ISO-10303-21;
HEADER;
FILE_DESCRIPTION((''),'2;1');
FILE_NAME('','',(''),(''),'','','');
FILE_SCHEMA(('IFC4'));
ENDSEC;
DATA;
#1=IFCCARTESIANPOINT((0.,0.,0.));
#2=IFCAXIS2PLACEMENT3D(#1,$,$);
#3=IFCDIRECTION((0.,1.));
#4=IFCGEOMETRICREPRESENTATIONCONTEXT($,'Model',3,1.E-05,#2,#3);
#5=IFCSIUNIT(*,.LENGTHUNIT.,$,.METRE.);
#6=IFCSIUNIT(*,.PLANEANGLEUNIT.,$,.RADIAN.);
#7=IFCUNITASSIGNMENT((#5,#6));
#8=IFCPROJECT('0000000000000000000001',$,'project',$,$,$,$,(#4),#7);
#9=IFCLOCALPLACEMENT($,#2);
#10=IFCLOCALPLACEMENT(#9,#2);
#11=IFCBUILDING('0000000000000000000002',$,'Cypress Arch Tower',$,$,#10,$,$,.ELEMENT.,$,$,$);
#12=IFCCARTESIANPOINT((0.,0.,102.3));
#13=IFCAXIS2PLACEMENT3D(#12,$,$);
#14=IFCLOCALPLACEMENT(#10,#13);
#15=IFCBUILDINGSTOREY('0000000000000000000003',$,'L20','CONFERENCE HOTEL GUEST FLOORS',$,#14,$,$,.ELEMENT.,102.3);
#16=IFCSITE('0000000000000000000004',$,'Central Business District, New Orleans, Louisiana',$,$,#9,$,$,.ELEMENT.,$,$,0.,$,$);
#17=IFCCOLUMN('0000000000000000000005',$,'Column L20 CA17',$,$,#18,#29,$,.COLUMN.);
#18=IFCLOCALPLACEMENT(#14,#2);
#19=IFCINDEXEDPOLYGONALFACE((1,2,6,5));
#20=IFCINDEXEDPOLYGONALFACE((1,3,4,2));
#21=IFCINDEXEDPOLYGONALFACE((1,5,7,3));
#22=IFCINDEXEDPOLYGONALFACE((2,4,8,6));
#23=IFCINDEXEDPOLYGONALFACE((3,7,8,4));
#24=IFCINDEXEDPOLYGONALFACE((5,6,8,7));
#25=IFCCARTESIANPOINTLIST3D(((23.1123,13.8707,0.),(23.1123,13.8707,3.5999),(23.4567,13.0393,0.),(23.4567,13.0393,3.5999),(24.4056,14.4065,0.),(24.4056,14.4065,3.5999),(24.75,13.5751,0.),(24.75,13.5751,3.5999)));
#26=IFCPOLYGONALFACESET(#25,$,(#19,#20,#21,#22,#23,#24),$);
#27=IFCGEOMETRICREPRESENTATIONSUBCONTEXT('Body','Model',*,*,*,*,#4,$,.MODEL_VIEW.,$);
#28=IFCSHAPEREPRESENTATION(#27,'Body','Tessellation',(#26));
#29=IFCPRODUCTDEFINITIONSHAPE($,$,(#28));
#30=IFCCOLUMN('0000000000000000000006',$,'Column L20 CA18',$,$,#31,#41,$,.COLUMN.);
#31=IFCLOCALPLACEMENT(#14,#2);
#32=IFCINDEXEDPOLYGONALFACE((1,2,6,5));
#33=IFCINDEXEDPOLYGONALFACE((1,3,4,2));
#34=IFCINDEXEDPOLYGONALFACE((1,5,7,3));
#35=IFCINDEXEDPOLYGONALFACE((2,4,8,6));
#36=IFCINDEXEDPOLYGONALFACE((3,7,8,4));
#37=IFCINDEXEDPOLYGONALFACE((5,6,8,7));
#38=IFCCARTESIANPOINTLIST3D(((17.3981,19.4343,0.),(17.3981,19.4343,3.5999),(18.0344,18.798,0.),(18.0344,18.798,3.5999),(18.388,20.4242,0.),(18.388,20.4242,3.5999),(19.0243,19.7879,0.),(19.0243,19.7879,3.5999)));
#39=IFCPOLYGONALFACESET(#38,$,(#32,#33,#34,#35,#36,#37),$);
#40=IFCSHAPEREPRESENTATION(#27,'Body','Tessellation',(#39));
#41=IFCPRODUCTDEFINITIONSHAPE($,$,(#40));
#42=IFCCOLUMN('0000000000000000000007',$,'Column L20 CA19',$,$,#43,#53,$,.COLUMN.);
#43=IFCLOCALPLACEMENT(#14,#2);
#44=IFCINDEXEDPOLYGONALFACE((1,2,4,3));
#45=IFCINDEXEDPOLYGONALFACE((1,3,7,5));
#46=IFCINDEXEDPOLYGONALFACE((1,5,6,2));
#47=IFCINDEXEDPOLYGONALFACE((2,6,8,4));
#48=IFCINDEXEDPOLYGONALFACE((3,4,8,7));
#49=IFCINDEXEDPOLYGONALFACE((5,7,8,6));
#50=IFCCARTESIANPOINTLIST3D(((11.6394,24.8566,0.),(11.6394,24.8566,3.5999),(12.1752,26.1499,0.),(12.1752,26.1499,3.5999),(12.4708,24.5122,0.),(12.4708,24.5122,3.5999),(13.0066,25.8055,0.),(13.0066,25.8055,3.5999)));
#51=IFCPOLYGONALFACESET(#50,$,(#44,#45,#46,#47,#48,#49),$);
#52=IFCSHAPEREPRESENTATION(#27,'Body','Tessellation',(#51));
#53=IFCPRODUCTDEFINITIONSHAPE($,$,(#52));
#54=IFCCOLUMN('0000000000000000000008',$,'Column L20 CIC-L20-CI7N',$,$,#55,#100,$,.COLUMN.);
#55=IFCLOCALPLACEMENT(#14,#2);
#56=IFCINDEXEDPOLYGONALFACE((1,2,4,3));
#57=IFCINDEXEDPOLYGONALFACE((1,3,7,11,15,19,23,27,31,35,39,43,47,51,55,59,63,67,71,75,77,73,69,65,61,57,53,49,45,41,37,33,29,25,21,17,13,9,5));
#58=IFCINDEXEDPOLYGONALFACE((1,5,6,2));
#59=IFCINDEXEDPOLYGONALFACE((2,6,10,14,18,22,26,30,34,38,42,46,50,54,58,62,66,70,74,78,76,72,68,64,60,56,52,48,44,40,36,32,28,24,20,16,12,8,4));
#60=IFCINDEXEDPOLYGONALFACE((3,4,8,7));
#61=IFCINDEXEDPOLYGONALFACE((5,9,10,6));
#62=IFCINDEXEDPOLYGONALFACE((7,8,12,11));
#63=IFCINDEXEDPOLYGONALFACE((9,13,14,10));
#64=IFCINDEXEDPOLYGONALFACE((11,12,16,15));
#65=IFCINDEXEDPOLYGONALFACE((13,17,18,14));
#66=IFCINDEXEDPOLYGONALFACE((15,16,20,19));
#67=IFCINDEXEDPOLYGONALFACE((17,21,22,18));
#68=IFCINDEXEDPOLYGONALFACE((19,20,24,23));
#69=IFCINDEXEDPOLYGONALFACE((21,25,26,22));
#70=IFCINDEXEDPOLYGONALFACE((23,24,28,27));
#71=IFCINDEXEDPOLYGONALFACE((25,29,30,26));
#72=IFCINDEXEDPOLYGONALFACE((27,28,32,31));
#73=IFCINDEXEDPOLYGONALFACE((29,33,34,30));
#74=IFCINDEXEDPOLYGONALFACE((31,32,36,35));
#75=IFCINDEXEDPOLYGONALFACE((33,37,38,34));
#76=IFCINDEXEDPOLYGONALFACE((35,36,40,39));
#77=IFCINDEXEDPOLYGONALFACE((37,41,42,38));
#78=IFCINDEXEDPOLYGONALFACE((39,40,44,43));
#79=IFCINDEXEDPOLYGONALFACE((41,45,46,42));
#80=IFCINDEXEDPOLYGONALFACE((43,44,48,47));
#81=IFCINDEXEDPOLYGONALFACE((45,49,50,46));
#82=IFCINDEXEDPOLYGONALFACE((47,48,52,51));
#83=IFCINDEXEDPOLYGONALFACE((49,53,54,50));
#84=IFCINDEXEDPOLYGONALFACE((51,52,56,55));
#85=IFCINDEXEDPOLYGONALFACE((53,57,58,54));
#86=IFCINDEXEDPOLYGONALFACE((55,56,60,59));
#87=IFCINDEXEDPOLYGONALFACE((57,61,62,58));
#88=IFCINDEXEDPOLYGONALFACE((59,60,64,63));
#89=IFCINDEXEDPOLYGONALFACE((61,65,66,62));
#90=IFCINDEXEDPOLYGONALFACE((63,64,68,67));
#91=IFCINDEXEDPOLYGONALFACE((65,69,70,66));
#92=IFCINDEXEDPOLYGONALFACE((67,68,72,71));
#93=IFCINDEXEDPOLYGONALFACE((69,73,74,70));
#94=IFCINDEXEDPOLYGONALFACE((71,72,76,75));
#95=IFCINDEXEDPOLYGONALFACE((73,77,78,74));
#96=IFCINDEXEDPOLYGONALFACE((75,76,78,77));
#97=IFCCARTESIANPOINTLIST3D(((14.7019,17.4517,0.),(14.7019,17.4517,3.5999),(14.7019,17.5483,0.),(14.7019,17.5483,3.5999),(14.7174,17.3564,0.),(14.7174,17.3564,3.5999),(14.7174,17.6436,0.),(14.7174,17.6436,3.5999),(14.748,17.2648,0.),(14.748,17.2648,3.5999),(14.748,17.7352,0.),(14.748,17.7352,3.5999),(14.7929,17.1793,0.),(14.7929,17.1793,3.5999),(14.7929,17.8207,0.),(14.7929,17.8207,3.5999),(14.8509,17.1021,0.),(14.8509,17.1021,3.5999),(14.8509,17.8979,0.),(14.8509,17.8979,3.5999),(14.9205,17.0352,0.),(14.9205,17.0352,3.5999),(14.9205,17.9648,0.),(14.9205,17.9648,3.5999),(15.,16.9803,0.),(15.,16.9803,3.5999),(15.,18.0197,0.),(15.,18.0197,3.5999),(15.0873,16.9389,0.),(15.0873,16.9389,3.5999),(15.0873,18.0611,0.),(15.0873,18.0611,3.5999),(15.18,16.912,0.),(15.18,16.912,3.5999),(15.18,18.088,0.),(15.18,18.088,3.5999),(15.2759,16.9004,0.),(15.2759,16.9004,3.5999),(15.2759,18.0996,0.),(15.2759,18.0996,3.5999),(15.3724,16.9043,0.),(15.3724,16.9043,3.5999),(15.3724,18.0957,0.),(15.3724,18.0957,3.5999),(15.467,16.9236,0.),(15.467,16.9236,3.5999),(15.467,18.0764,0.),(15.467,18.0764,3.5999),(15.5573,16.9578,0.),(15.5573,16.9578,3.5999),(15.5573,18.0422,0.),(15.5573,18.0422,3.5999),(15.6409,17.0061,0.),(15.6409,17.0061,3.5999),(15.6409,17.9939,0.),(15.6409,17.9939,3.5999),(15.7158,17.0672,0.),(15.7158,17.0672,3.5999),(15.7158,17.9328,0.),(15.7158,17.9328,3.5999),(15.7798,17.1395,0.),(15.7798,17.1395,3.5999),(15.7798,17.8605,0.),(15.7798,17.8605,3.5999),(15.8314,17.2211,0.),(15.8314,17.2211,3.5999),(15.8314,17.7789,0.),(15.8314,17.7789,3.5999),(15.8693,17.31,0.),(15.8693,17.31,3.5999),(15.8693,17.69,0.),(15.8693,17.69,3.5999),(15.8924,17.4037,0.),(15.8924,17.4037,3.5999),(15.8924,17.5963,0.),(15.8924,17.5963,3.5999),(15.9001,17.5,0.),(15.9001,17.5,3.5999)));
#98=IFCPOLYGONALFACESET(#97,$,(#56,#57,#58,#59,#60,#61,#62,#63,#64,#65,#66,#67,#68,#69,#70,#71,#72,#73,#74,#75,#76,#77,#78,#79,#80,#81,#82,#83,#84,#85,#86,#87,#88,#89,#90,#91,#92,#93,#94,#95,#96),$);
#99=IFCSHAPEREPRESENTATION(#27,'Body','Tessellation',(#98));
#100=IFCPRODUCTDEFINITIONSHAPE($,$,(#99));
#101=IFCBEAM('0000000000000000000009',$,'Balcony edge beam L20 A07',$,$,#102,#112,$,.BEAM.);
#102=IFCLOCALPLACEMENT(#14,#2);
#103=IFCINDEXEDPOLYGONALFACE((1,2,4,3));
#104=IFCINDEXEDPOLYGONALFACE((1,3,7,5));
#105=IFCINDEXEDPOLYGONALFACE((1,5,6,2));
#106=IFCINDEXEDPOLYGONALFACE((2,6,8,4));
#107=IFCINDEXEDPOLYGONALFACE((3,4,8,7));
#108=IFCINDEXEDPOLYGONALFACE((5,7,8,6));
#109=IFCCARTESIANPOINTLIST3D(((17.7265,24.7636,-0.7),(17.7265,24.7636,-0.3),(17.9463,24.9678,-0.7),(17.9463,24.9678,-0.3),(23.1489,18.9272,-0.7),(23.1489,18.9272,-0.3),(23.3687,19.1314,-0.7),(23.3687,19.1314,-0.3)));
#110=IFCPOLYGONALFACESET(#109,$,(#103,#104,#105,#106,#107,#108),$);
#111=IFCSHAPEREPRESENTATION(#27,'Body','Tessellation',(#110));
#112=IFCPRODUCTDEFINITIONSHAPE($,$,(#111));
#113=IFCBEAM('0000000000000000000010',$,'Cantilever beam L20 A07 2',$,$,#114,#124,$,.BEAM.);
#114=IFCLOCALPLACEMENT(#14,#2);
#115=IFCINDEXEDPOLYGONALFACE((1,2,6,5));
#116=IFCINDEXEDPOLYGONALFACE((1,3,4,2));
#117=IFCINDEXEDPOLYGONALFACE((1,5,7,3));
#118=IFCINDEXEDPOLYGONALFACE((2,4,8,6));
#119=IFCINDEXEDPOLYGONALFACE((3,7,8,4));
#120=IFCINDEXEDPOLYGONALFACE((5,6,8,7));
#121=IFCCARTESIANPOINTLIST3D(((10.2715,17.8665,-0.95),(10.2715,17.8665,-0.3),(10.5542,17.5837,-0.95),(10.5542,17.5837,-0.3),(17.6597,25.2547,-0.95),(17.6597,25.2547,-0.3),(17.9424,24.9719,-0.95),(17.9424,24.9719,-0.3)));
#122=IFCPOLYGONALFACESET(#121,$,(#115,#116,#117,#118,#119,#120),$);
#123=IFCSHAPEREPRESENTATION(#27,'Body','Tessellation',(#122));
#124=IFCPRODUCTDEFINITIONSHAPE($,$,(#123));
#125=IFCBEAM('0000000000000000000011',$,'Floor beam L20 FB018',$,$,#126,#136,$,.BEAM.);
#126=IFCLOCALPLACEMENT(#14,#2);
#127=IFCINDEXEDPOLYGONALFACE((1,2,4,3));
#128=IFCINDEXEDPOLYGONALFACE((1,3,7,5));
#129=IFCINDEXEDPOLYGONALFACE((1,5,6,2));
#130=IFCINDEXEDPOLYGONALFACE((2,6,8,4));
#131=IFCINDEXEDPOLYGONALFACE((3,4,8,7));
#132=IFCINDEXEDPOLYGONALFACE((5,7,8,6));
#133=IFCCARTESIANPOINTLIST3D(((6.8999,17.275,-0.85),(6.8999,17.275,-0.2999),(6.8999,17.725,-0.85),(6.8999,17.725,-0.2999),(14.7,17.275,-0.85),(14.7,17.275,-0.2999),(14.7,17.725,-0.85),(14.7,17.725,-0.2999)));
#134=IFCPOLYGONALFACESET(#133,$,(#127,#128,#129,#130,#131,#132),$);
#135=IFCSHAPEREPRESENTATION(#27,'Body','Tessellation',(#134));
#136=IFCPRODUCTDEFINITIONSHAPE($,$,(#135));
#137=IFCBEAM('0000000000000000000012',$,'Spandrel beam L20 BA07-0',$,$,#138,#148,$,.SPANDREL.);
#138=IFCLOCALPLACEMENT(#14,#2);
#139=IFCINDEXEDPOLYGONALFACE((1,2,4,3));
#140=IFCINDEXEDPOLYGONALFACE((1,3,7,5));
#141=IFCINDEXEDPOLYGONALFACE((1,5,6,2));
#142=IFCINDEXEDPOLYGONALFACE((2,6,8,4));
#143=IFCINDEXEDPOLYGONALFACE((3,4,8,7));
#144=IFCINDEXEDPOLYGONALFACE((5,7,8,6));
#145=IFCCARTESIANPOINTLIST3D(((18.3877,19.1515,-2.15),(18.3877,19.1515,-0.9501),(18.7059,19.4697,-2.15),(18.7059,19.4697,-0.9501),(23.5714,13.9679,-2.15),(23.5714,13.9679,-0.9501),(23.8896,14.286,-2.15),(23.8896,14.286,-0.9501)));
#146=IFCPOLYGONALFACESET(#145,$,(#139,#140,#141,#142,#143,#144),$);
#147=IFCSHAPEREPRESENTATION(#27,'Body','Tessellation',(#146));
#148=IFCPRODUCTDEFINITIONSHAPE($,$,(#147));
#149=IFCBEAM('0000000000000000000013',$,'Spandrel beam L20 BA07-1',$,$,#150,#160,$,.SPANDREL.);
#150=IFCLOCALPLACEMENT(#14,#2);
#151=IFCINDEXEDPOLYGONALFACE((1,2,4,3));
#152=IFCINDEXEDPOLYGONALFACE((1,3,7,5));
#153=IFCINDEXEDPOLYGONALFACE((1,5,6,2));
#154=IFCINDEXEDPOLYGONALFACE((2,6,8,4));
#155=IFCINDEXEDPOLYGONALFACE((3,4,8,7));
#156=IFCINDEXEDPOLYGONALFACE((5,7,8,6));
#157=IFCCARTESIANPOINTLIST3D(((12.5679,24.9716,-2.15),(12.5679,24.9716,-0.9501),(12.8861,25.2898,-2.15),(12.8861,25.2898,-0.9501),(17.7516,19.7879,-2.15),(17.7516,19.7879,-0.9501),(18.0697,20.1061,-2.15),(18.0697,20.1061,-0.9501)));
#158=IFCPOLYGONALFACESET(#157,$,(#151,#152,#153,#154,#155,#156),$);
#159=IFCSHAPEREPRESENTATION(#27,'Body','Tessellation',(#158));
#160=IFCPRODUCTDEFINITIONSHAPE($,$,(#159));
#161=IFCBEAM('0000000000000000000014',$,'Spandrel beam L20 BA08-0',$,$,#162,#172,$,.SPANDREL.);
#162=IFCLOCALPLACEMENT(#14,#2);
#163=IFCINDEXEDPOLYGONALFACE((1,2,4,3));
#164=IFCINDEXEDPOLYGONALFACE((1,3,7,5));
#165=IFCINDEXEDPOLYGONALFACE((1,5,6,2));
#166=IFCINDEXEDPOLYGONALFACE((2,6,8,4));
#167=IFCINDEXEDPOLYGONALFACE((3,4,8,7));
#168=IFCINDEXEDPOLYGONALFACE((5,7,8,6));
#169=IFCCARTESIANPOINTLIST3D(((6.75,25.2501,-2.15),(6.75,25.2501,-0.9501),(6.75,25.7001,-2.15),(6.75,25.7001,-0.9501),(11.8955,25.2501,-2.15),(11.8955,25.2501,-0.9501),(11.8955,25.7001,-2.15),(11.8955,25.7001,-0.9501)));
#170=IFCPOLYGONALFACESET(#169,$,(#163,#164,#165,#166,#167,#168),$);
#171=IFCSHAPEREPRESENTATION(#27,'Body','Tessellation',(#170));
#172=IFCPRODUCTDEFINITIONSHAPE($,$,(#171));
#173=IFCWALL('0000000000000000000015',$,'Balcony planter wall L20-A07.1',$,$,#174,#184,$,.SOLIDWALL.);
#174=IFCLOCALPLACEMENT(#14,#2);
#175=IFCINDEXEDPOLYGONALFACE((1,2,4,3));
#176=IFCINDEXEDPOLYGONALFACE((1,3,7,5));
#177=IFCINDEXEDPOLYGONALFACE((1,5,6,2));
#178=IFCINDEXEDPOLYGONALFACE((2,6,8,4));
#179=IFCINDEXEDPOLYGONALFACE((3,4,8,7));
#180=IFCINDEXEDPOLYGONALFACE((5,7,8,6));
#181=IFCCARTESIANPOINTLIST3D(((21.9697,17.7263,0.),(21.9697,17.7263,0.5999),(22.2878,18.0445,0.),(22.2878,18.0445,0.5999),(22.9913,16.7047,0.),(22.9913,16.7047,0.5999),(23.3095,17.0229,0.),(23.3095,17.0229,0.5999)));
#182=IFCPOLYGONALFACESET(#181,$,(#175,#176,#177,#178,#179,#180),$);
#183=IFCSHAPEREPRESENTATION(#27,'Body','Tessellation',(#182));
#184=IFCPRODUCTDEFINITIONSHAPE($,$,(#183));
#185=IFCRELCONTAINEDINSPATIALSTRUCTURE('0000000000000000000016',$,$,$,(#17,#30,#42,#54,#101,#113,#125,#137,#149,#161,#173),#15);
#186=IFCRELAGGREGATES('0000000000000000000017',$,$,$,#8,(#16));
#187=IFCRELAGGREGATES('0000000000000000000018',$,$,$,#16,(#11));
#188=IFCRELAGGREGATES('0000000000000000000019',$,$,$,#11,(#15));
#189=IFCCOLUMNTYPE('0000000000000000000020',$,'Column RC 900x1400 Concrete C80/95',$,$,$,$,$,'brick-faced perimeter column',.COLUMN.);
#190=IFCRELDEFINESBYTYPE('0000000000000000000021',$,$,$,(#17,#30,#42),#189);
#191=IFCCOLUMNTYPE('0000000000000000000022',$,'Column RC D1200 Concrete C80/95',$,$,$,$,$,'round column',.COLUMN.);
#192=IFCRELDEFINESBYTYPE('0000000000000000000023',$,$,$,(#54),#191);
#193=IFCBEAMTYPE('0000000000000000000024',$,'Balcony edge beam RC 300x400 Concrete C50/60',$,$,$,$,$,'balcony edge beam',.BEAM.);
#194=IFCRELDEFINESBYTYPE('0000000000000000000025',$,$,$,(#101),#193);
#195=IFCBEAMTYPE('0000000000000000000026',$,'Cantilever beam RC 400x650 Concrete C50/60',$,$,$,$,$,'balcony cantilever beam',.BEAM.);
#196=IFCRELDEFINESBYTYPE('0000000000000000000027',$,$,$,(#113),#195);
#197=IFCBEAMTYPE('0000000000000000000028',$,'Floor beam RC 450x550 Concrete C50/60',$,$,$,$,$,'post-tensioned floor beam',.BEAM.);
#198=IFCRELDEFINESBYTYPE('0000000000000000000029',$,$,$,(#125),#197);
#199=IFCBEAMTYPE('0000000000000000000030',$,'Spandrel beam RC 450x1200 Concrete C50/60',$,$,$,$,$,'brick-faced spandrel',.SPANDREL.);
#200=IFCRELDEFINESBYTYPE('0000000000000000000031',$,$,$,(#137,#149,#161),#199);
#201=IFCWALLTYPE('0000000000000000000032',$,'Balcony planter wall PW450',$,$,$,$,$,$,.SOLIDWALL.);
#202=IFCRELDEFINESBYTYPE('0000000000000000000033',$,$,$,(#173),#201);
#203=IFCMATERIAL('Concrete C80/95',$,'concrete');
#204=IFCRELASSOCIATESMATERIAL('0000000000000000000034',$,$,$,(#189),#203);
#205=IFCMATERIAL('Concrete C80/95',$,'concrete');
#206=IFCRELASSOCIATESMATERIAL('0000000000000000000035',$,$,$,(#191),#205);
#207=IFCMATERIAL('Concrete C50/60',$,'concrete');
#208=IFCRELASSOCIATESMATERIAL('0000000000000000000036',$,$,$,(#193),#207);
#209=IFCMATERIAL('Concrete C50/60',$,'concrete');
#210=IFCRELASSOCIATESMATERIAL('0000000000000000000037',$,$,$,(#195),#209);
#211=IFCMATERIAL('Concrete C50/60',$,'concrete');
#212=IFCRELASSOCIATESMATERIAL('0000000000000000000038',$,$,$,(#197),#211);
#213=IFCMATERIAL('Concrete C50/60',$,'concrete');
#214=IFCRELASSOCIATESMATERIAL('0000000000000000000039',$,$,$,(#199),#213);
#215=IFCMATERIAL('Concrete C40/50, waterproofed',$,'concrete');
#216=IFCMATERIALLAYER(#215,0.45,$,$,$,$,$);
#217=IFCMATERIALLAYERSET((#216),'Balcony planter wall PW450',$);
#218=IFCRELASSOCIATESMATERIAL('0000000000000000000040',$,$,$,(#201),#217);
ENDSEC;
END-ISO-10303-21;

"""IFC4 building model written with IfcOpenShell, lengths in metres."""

from ifc_helpers import new_model, si_unit, direction, frame, frame_2d, origin, origin_2d, place, context, subcontext, project, spatial, rectangle, circle, extrude, material, layer, layer_set, material_profile, profile_set, type_object, element, save


model = new_model("IFC4")

# Units and contexts
model_context = context("Model", 3, precision=1e-05, world=origin(), true_north=direction((0.0, 1.0)))
body_context = subcontext(model_context, "Body", "Model", "MODEL_VIEW")
ifc_project = project(units=[si_unit("LENGTHUNIT", "METRE"), si_unit("PLANEANGLEUNIT", "RADIAN")], contexts=[model_context])

# Site, building, storey
site_placement = place(None, origin())
site = spatial("IfcSite", under=ifc_project, at=site_placement, Name="Central Business District, New Orleans, Louisiana", CompositionType="ELEMENT", RefElevation=0.0)
building_placement = place(site_placement, origin())
building = spatial("IfcBuilding", under=site, at=building_placement, Name="Cypress Arch Tower", CompositionType="ELEMENT")
storey_placement = place(building_placement, frame((0.0, 0.0, 102.3)))
storey = spatial("IfcBuildingStorey", under=building, at=storey_placement, Name="L20", Description="CONFERENCE HOTEL GUEST FLOORS", CompositionType="ELEMENT", Elevation=102.3)

# Columns
ifc_material_1 = material(Name="Concrete C80/95", Category="concrete")
ifc_material_profile_1 = material_profile(ifc_material_1, rectangle(XDim=0.8999, YDim=1.3999, at=origin_2d()), Name="RC 900x1400")
ifc_profile_set_1 = profile_set([ifc_material_profile_1], Name="Concrete C80/95")
column_type_1 = type_object("IfcColumnType", Name="Column RC 900x1400 Concrete C80/95", ElementType="brick-faced perimeter column", PredefinedType="COLUMN", material=ifc_profile_set_1)
for number, where, z_axis, x_axis, name in (
    (1, (23.9312, 13.7229, 0.0), (0.0, 0.0, 1.0), (-0.382683, 0.92388, 0.0), "Column L20 CA17"),
    (2, (18.2112, 19.6111, 0.0), (0.0, 0.0, 1.0), (-0.707107, 0.707107, 0.0), "Column L20 CA18"),
    (3, (12.323, 25.3311, 0.0), (0.0, 0.0, 1.0), (-0.92388, 0.382683, 0.0), "Column L20 CA19"),
):
    element("IfcColumn", number, at=place(storey_placement, frame(where, z_axis=z_axis, x_axis=x_axis)), inside=storey, type_object=column_type_1, Name=name, PredefinedType="COLUMN", context=body_context, shape_type="SweptSolid", body=[
        extrude(rectangle(XDim=0.8999, YDim=1.3999, at=origin_2d()), origin(), (0.0, 0.0, 1.0), 3.5999),
    ])
ifc_material_2 = material(Name="Concrete C80/95", Category="concrete")
ifc_material_profile_2 = material_profile(ifc_material_2, circle(Radius=0.6001, at=origin_2d()), Name="RC D1200")
ifc_profile_set_2 = profile_set([ifc_material_profile_2], Name="Concrete C80/95")
column_type_2 = type_object("IfcColumnType", Name="Column RC D1200 Concrete C80/95", ElementType="round column", PredefinedType="COLUMN", material=ifc_profile_set_2)
column_placement = place(storey_placement, frame((15.3, 17.5, 0.0), z_axis=(0.0, 0.0, 1.0), x_axis=(1.0, 0.0, 0.0)))
element("IfcColumn", 4, at=column_placement, inside=storey, type_object=column_type_2, Name="Column L20 CIC-L20-CI7N", PredefinedType="COLUMN", context=body_context, shape_type="SweptSolid", body=[
    extrude(circle(Radius=0.6001, at=origin_2d()), origin(), (0.0, 0.0, 1.0), 3.5999),
])

# Beams
ifc_material_3 = material(Name="Concrete C50/60", Category="concrete")
ifc_material_profile_3 = material_profile(ifc_material_3, rectangle(XDim=0.3, YDim=0.3999, at=origin_2d()), Name="RC 300x400")
ifc_profile_set_3 = profile_set([ifc_material_profile_3], Name="Concrete C50/60")
beam_type_1 = type_object("IfcBeamType", Name="Balcony edge beam RC 300x400 Concrete C50/60", ElementType="balcony edge beam", PredefinedType="BEAM", material=ifc_profile_set_3)
beam_1_placement = place(storey_placement, frame((23.2588, 19.0293, -0.5), z_axis=(-0.680641, 0.732617, 0.0), x_axis=(-0.732617, -0.680641, 0.0)))
element("IfcBeam", 5, at=beam_1_placement, inside=storey, type_object=beam_type_1, Name="Balcony edge beam L20 A07", PredefinedType="BEAM", context=body_context, shape_type="SweptSolid", body=[
    extrude(rectangle(XDim=0.3, YDim=0.3999, at=origin_2d()), origin(), (0.0, 0.0, 1.0), 7.9666),
])
ifc_material_4 = material(Name="Concrete C50/60", Category="concrete")
ifc_material_profile_4 = material_profile(ifc_material_4, rectangle(XDim=0.3999, YDim=0.6499, at=origin_2d()), Name="RC 400x650")
ifc_profile_set_4 = profile_set([ifc_material_profile_4], Name="Concrete C50/60")
beam_type_2 = type_object("IfcBeamType", Name="Cantilever beam RC 400x650 Concrete C50/60", ElementType="balcony cantilever beam", PredefinedType="BEAM", material=ifc_profile_set_4)
beam_2_placement = place(storey_placement, frame((10.4128, 17.7251, -0.625), z_axis=(0.707107, 0.707107, 0.0), x_axis=(-0.707107, 0.707107, 0.0)))
element("IfcBeam", 6, at=beam_2_placement, inside=storey, type_object=beam_type_2, Name="Cantilever beam L20 A07 2", PredefinedType="BEAM", context=body_context, shape_type="SweptSolid", body=[
    extrude(rectangle(XDim=0.3999, YDim=0.6499, at=origin_2d()), origin(), (0.0, 0.0, 1.0), 10.4485),
])
ifc_material_5 = material(Name="Concrete C50/60", Category="concrete")
ifc_material_profile_5 = material_profile(ifc_material_5, rectangle(XDim=0.45, YDim=0.55, at=origin_2d()), Name="RC 450x550")
ifc_profile_set_5 = profile_set([ifc_material_profile_5], Name="Concrete C50/60")
beam_type_3 = type_object("IfcBeamType", Name="Floor beam RC 450x550 Concrete C50/60", ElementType="post-tensioned floor beam", PredefinedType="BEAM", material=ifc_profile_set_5)
beam_3_placement = place(storey_placement, frame((6.8999, 17.5, -0.575), z_axis=(1.0, 0.0, 0.0), x_axis=(0.0, 1.0, 0.0)))
element("IfcBeam", 7, at=beam_3_placement, inside=storey, type_object=beam_type_3, Name="Floor beam L20 FB018", PredefinedType="BEAM", context=body_context, shape_type="SweptSolid", body=[
    extrude(rectangle(XDim=0.45, YDim=0.55, at=origin_2d()), origin(), (0.0, 0.0, 1.0), 7.8),
])
ifc_material_6 = material(Name="Concrete C50/60", Category="concrete")
ifc_material_profile_6 = material_profile(ifc_material_6, rectangle(XDim=0.45, YDim=1.2, at=origin_2d()), Name="RC 450x1200")
ifc_profile_set_6 = profile_set([ifc_material_profile_6], Name="Concrete C50/60")
beam_type_4 = type_object("IfcBeamType", Name="Spandrel beam RC 450x1200 Concrete C50/60", ElementType="brick-faced spandrel", PredefinedType="SPANDREL", material=ifc_profile_set_6)
for number, where, z_axis, x_axis, name in (
    (8, (23.7305, 14.127, -1.55), (-0.707107, 0.707107, 0.0), (-0.707107, -0.707107, 0.0), "Spandrel beam L20 BA07-0"),
    (9, (17.9106, 19.947, -1.55), (-0.707107, 0.707107, 0.0), (-0.707107, -0.707107, 0.0), "Spandrel beam L20 BA07-1"),
):
    element("IfcBeam", number, at=place(storey_placement, frame(where, z_axis=z_axis, x_axis=x_axis)), inside=storey, type_object=beam_type_4, Name=name, PredefinedType="SPANDREL", context=body_context, shape_type="SweptSolid", body=[
        extrude(rectangle(XDim=0.45, YDim=1.2, at=origin_2d()), origin(), (0.0, 0.0, 1.0), 7.3308),
    ])
beam_4_placement = place(storey_placement, frame((11.8955, 25.4751, -1.55), z_axis=(-1.0, 0.0, 0.0), x_axis=(0.0, -1.0, 0.0)))
element("IfcBeam", 10, at=beam_4_placement, inside=storey, type_object=beam_type_4, Name="Spandrel beam L20 BA08-0", PredefinedType="SPANDREL", context=body_context, shape_type="SweptSolid", body=[
    extrude(rectangle(XDim=0.45, YDim=1.2, at=origin_2d()), origin(), (0.0, 0.0, 1.0), 5.1455),
])

# Wall
ifc_material_7 = material(Name="Concrete C40/50, waterproofed", Category="concrete")
ifc_layer_1 = layer(ifc_material_7, 0.45)
ifc_layer_set_1 = layer_set([ifc_layer_1], Name="Balcony planter wall PW450")
wall_type_1 = type_object("IfcWallType", Name="Balcony planter wall PW450", PredefinedType="SOLIDWALL", material=ifc_layer_set_1)
wall_1_placement = place(storey_placement, frame((23.1504, 16.8638, 0.0), z_axis=(0.0, 0.0, 1.0), x_axis=(-0.707107, 0.707107, 0.0)))
element("IfcWall", 11, at=wall_1_placement, inside=storey, type_object=wall_type_1, Name="Balcony planter wall L20-A07.1", PredefinedType="SOLIDWALL", context=body_context, shape_type="SweptSolid", body=[
    extrude(rectangle(XDim=1.4448, YDim=0.45, at=frame_2d((0.7224, 0.0))), origin(), (0.0, 0.0, 1.0), 0.5999),
])

save(model, "model.ifc")
